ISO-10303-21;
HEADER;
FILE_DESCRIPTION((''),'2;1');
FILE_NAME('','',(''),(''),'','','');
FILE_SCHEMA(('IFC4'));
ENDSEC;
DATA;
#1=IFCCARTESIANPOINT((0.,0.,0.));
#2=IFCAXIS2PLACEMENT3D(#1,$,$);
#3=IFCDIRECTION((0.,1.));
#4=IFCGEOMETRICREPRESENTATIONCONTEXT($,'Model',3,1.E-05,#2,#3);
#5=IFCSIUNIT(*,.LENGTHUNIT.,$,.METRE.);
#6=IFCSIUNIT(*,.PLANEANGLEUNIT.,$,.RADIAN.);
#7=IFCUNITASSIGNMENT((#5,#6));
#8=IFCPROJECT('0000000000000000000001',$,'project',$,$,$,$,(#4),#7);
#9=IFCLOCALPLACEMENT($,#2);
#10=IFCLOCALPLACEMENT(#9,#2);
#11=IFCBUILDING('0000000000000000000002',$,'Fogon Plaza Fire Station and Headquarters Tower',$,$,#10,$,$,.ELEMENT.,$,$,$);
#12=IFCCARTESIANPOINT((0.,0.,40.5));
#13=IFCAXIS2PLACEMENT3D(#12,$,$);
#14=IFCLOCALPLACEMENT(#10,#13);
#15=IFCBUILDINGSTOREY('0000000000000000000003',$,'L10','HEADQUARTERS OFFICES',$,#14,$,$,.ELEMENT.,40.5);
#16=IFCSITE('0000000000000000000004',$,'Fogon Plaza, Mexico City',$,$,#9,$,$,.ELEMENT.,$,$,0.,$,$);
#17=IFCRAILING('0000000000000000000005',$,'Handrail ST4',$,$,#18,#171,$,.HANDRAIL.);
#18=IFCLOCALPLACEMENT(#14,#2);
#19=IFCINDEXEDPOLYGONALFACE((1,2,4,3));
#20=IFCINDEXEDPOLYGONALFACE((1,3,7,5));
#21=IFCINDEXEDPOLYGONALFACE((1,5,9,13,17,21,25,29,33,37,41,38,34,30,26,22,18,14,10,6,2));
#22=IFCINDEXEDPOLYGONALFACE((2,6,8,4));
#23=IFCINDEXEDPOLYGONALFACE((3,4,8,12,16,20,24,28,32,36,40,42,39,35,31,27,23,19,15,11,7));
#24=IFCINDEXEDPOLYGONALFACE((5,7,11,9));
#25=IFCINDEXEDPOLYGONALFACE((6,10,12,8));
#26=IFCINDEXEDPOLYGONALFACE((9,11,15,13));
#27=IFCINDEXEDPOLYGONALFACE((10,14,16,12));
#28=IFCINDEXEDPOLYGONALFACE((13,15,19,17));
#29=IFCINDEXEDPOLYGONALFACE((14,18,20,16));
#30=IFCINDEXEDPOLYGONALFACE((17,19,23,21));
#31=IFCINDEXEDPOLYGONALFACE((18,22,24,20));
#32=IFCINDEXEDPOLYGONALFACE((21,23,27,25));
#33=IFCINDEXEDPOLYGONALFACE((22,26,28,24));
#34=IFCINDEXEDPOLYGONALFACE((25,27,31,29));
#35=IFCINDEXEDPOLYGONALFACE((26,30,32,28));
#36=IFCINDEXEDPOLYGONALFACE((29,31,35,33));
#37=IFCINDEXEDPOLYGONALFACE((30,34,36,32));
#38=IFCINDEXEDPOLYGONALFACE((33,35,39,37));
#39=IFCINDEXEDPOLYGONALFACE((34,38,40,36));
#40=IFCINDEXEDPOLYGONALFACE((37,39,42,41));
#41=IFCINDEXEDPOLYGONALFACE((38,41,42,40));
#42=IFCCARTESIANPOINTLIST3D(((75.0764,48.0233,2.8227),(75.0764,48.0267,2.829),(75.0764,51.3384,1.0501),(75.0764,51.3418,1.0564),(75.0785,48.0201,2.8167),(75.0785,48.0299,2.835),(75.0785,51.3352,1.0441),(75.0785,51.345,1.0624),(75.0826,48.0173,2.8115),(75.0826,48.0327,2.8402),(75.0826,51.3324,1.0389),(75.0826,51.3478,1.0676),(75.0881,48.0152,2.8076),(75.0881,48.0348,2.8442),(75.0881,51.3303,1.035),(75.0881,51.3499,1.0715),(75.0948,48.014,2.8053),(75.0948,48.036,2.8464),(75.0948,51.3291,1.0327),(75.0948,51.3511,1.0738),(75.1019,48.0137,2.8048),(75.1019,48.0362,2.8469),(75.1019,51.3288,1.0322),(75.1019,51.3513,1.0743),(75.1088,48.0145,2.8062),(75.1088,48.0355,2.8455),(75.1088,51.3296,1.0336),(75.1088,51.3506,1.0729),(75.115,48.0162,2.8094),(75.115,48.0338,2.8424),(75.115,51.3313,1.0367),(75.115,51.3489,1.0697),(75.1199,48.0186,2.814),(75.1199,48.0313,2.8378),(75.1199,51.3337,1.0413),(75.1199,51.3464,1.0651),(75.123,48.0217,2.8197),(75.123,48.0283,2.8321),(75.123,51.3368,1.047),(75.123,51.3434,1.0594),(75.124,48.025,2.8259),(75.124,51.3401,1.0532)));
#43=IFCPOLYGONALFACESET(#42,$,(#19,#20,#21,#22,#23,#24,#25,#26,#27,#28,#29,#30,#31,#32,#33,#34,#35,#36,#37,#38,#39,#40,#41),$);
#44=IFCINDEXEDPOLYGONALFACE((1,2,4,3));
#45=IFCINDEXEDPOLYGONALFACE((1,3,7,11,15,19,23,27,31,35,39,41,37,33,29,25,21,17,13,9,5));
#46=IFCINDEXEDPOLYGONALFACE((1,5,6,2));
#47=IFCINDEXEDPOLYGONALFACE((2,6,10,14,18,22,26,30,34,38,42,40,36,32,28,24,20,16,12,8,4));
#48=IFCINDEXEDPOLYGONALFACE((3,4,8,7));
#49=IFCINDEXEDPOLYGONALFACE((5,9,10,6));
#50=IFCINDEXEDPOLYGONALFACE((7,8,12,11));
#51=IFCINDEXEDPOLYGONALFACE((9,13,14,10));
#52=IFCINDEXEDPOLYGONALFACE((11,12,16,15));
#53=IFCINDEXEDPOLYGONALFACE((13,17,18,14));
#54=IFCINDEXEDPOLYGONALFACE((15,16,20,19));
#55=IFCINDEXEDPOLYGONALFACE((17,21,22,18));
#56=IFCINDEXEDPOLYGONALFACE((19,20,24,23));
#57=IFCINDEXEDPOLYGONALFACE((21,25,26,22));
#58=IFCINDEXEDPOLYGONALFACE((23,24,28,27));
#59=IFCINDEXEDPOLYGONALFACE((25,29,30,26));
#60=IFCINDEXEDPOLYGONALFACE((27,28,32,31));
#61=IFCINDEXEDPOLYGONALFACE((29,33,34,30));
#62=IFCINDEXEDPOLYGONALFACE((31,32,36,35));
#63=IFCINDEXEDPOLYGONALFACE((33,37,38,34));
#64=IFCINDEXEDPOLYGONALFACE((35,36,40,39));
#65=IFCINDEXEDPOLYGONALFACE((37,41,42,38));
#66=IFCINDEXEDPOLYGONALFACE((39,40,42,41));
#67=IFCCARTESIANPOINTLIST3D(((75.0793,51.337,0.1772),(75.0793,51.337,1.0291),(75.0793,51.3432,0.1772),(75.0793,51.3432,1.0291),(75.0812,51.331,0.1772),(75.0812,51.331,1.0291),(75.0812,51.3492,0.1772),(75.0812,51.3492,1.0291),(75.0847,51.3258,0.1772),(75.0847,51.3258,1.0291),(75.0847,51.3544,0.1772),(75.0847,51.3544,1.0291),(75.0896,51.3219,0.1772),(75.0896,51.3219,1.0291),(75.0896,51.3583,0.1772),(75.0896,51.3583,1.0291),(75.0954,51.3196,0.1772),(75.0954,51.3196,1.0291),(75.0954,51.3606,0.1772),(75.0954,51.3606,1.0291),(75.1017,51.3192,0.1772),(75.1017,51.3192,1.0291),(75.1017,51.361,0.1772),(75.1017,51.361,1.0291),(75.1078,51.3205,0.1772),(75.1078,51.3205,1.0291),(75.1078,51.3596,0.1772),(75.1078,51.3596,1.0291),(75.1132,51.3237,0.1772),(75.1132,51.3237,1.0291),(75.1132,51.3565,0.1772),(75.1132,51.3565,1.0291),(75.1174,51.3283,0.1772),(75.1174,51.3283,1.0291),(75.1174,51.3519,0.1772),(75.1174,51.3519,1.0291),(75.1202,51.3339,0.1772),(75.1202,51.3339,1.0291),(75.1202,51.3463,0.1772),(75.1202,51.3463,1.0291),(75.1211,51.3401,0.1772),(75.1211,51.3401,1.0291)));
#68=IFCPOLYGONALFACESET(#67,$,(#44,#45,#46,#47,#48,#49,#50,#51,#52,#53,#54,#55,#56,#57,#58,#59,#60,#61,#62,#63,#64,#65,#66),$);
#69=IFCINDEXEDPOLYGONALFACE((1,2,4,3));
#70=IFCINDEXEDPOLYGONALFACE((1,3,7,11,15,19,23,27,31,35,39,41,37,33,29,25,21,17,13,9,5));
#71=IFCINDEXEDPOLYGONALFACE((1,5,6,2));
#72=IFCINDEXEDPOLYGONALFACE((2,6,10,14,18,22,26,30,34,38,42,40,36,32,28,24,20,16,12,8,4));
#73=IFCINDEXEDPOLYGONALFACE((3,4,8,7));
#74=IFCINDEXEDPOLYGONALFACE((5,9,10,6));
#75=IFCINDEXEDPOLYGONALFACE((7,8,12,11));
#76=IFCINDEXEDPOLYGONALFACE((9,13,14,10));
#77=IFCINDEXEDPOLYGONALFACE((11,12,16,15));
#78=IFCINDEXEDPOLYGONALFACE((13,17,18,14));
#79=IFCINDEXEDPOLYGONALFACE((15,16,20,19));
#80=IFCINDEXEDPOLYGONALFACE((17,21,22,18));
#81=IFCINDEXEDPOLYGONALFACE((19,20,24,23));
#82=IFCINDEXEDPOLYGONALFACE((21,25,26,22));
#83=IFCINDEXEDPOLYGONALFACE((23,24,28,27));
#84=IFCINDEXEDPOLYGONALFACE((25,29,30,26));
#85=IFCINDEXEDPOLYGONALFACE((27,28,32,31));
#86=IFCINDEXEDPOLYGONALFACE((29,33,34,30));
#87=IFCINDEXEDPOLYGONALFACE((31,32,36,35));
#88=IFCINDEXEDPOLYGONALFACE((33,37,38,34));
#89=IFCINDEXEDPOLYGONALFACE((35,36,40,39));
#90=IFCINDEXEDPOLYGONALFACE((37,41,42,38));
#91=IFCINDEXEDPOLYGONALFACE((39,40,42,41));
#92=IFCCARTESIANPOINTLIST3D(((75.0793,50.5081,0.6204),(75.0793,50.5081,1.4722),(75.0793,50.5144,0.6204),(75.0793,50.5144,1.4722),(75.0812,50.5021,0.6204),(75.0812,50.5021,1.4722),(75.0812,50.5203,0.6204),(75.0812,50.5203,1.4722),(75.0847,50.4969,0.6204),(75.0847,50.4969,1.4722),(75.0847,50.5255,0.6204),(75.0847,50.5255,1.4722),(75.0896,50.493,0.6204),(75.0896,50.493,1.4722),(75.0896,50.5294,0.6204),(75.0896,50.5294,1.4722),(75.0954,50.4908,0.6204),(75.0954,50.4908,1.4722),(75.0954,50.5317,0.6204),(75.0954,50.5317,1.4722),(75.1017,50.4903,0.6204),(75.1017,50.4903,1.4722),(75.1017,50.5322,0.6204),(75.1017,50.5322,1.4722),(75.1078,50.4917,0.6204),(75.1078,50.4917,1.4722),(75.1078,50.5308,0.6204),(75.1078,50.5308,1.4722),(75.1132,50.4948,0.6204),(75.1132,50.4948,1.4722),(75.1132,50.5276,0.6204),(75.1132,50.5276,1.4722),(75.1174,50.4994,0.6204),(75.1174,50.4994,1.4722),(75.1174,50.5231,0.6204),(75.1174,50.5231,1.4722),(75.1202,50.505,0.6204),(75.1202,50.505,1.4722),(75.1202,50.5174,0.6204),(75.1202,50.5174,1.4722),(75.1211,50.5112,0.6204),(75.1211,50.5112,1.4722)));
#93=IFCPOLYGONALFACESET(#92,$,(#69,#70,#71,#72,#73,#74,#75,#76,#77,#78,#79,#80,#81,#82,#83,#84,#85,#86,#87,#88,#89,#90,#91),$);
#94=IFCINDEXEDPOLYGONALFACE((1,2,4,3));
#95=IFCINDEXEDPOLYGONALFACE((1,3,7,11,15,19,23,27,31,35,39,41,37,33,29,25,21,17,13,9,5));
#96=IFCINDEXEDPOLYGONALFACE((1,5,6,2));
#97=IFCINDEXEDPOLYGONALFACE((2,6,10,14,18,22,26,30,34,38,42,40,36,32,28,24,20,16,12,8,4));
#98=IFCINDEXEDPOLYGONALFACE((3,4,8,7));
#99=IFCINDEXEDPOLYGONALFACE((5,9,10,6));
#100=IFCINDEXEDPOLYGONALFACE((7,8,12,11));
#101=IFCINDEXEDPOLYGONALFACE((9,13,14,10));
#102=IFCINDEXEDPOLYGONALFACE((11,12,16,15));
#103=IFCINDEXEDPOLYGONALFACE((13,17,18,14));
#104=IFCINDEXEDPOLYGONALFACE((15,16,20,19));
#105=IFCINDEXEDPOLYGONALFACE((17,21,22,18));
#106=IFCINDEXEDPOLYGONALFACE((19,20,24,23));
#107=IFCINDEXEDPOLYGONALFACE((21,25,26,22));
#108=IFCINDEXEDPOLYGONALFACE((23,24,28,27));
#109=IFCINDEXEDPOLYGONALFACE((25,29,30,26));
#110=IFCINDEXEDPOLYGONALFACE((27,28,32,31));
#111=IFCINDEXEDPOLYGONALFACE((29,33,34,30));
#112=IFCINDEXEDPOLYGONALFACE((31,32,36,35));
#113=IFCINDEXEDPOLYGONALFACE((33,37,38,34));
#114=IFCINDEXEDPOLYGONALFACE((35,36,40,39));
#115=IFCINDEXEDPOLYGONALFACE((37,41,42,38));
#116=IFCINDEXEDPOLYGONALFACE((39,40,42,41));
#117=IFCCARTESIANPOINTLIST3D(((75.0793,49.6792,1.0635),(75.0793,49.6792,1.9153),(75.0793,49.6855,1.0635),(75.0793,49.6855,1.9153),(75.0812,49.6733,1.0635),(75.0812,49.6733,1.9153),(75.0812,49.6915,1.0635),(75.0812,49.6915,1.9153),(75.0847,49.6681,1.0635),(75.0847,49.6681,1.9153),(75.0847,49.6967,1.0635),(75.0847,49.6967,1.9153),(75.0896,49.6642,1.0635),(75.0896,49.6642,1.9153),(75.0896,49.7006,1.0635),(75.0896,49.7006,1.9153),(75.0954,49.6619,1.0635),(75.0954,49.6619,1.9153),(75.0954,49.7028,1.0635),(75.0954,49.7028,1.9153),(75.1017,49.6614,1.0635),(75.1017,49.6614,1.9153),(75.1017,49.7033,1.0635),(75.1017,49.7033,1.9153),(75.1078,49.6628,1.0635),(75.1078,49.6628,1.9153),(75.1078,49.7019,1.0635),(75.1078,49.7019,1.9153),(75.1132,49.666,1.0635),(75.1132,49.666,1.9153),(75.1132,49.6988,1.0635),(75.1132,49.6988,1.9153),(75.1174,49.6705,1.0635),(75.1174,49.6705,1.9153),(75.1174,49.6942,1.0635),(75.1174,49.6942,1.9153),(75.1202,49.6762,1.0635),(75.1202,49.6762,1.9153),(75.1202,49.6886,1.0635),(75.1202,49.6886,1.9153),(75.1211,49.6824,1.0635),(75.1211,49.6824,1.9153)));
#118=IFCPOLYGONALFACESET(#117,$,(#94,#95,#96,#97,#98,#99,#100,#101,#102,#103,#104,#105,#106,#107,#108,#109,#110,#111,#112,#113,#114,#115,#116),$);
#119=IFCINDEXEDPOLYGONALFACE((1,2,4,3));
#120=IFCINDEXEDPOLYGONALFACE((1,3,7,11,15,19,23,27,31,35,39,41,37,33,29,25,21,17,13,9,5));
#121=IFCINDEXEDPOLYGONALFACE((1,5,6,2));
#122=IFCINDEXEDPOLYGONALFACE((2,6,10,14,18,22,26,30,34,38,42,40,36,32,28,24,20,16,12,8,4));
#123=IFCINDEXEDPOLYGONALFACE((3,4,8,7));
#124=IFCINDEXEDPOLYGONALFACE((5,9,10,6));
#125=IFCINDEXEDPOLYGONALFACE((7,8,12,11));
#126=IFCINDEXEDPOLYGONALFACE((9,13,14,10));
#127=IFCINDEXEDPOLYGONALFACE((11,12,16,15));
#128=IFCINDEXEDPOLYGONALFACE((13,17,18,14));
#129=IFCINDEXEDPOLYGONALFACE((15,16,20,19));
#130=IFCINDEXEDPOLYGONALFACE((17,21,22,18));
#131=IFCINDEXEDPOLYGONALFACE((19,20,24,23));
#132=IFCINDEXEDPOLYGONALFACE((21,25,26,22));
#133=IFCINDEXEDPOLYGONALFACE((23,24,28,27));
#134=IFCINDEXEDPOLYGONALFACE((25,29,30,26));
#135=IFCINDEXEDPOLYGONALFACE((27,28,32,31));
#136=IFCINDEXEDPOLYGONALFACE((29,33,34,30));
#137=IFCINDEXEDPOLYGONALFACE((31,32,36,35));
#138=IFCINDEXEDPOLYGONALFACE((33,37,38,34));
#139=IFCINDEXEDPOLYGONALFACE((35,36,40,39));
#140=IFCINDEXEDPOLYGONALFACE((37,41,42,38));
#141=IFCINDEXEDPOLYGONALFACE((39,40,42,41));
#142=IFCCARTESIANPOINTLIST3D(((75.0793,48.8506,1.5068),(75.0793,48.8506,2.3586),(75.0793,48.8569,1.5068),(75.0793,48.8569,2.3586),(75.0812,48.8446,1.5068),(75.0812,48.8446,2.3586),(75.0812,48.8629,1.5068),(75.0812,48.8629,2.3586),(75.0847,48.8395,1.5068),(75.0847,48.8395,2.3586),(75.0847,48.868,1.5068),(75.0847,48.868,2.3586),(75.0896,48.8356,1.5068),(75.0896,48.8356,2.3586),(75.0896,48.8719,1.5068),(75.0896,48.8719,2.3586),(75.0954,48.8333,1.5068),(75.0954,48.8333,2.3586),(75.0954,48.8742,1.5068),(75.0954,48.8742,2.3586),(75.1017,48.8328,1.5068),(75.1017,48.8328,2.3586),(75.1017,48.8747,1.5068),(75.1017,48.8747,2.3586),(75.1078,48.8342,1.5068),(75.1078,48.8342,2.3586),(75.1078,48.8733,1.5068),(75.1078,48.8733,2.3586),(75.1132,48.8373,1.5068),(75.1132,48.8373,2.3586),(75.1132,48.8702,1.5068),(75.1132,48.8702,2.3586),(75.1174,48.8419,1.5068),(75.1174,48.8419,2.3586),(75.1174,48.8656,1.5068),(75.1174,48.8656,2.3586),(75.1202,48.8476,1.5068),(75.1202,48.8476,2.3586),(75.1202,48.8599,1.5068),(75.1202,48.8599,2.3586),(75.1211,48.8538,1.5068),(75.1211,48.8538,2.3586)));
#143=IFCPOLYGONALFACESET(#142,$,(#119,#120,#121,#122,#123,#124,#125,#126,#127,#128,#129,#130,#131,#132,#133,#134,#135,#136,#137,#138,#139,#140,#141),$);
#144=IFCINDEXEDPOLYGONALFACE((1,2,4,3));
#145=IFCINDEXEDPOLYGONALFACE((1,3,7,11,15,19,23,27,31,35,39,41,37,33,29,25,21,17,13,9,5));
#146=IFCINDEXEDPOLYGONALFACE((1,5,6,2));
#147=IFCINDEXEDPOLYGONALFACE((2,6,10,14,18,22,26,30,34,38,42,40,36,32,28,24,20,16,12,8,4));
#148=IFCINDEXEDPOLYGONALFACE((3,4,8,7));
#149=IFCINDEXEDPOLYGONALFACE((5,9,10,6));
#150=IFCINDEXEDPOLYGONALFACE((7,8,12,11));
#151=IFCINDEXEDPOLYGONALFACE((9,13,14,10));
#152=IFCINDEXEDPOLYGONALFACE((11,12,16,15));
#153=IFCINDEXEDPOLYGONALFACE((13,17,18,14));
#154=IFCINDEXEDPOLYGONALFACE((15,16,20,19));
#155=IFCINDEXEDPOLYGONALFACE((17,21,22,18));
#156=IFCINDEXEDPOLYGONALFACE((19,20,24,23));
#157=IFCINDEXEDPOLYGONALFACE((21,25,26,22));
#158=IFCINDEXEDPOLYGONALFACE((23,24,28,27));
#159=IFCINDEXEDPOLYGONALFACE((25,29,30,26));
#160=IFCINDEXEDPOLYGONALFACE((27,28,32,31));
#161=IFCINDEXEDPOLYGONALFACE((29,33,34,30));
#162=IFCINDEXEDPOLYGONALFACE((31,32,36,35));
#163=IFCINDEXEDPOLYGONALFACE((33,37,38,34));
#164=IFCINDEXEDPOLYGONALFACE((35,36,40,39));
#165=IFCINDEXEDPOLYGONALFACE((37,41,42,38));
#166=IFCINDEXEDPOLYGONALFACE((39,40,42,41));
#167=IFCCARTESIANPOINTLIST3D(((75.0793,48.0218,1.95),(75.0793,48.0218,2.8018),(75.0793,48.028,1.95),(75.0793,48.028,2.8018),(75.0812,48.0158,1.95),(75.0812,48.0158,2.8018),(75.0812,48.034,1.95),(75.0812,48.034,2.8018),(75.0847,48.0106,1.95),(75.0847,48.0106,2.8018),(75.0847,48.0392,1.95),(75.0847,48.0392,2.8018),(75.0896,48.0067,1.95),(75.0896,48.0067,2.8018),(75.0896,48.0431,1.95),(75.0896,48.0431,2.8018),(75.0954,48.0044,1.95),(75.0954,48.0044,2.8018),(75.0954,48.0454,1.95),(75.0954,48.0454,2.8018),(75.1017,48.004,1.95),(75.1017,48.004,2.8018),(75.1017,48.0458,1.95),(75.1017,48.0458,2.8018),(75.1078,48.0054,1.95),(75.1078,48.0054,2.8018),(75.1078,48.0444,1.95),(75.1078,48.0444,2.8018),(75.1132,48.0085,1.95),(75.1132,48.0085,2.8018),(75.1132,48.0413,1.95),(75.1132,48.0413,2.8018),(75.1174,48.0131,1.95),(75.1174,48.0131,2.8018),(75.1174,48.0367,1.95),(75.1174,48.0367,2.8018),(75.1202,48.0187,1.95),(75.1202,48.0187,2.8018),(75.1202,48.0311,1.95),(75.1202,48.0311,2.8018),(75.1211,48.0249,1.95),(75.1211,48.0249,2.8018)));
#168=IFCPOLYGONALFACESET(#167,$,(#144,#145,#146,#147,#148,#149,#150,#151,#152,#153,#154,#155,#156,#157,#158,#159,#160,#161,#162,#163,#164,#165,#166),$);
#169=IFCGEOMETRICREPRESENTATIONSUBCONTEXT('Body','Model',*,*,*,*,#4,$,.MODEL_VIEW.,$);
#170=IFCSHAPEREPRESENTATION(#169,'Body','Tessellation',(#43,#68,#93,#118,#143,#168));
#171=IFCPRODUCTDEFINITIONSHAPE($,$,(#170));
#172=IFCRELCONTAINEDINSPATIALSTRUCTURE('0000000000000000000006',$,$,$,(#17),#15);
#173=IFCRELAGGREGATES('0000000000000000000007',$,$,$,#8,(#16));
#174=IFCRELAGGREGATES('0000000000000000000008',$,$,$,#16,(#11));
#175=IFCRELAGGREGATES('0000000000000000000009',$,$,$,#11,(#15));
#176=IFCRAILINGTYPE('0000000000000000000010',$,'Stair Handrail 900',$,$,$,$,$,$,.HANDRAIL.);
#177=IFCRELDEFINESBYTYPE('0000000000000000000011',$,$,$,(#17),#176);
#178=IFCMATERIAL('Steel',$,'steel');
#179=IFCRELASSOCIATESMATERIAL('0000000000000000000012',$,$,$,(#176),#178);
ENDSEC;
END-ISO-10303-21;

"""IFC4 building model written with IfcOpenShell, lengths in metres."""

from ifc_helpers import new_model, si_unit, direction, frame, origin, origin_2d, place, context, subcontext, project, spatial, circle, extrude, material, type_object, element, save


model = new_model("IFC4")

# Units and contexts
model_context = context("Model", 3, precision=1e-05, world=origin(), true_north=direction((0.0, 1.0)))
body_context = subcontext(model_context, "Body", "Model", "MODEL_VIEW")
ifc_project = project(units=[si_unit("LENGTHUNIT", "METRE"), si_unit("PLANEANGLEUNIT", "RADIAN")], contexts=[model_context])

# Site, building, storey
site_placement = place(None, origin())
site = spatial("IfcSite", under=ifc_project, at=site_placement, Name="Fogon Plaza, Mexico City", CompositionType="ELEMENT", RefElevation=0.0)
building_placement = place(site_placement, origin())
building = spatial("IfcBuilding", under=site, at=building_placement, Name="Fogon Plaza Fire Station and Headquarters Tower", CompositionType="ELEMENT")
storey_placement = place(building_placement, frame((0.0, 0.0, 40.5)))
storey = spatial("IfcBuildingStorey", under=building, at=storey_placement, Name="L10", Description="HEADQUARTERS OFFICES", CompositionType="ELEMENT", Elevation=40.5)

# Railing
ifc_material_1 = material(Name="Steel", Category="steel")
railing_type = type_object("IfcRailingType", Name="Stair Handrail 900", PredefinedType="HANDRAIL", material=ifc_material_1)
for number, where, name in (
    (1, (75.1001, 51.3401, 0.1772), "Handrail ST4"),
):
    element("IfcRailing", number, at=place(storey_placement, frame(where)), inside=storey, type_object=railing_type, Name=name, PredefinedType="HANDRAIL", context=body_context, shape_type="SweptSolid", body=[
        extrude(circle(Radius=0.0239, at=origin_2d()), frame((0.0, 0.0, 0.876), z_axis=(0.0, -0.881844, 0.471542), x_axis=(1.0, 0.0, 0.0)), (0.0, 0.0, 1.0), 3.7593),
        extrude(circle(Radius=0.021, at=origin_2d()), origin(), (0.0, 0.0, 1.0), 0.8518),
        extrude(circle(Radius=0.021, at=origin_2d()), frame((0.0, -0.8289, 0.4431)), (0.0, 0.0, 1.0), 0.8518),
        extrude(circle(Radius=0.021, at=origin_2d()), frame((0.0, -1.6577, 0.8862)), (0.0, 0.0, 1.0), 0.8518),
        extrude(circle(Radius=0.021, at=origin_2d()), frame((0.0, -2.4863, 1.3296)), (0.0, 0.0, 1.0), 0.8518),
        extrude(circle(Radius=0.021, at=origin_2d()), frame((0.0, -3.3152, 1.7727)), (0.0, 0.0, 1.0), 0.8518),
    ])

save(model, "model.ifc")
